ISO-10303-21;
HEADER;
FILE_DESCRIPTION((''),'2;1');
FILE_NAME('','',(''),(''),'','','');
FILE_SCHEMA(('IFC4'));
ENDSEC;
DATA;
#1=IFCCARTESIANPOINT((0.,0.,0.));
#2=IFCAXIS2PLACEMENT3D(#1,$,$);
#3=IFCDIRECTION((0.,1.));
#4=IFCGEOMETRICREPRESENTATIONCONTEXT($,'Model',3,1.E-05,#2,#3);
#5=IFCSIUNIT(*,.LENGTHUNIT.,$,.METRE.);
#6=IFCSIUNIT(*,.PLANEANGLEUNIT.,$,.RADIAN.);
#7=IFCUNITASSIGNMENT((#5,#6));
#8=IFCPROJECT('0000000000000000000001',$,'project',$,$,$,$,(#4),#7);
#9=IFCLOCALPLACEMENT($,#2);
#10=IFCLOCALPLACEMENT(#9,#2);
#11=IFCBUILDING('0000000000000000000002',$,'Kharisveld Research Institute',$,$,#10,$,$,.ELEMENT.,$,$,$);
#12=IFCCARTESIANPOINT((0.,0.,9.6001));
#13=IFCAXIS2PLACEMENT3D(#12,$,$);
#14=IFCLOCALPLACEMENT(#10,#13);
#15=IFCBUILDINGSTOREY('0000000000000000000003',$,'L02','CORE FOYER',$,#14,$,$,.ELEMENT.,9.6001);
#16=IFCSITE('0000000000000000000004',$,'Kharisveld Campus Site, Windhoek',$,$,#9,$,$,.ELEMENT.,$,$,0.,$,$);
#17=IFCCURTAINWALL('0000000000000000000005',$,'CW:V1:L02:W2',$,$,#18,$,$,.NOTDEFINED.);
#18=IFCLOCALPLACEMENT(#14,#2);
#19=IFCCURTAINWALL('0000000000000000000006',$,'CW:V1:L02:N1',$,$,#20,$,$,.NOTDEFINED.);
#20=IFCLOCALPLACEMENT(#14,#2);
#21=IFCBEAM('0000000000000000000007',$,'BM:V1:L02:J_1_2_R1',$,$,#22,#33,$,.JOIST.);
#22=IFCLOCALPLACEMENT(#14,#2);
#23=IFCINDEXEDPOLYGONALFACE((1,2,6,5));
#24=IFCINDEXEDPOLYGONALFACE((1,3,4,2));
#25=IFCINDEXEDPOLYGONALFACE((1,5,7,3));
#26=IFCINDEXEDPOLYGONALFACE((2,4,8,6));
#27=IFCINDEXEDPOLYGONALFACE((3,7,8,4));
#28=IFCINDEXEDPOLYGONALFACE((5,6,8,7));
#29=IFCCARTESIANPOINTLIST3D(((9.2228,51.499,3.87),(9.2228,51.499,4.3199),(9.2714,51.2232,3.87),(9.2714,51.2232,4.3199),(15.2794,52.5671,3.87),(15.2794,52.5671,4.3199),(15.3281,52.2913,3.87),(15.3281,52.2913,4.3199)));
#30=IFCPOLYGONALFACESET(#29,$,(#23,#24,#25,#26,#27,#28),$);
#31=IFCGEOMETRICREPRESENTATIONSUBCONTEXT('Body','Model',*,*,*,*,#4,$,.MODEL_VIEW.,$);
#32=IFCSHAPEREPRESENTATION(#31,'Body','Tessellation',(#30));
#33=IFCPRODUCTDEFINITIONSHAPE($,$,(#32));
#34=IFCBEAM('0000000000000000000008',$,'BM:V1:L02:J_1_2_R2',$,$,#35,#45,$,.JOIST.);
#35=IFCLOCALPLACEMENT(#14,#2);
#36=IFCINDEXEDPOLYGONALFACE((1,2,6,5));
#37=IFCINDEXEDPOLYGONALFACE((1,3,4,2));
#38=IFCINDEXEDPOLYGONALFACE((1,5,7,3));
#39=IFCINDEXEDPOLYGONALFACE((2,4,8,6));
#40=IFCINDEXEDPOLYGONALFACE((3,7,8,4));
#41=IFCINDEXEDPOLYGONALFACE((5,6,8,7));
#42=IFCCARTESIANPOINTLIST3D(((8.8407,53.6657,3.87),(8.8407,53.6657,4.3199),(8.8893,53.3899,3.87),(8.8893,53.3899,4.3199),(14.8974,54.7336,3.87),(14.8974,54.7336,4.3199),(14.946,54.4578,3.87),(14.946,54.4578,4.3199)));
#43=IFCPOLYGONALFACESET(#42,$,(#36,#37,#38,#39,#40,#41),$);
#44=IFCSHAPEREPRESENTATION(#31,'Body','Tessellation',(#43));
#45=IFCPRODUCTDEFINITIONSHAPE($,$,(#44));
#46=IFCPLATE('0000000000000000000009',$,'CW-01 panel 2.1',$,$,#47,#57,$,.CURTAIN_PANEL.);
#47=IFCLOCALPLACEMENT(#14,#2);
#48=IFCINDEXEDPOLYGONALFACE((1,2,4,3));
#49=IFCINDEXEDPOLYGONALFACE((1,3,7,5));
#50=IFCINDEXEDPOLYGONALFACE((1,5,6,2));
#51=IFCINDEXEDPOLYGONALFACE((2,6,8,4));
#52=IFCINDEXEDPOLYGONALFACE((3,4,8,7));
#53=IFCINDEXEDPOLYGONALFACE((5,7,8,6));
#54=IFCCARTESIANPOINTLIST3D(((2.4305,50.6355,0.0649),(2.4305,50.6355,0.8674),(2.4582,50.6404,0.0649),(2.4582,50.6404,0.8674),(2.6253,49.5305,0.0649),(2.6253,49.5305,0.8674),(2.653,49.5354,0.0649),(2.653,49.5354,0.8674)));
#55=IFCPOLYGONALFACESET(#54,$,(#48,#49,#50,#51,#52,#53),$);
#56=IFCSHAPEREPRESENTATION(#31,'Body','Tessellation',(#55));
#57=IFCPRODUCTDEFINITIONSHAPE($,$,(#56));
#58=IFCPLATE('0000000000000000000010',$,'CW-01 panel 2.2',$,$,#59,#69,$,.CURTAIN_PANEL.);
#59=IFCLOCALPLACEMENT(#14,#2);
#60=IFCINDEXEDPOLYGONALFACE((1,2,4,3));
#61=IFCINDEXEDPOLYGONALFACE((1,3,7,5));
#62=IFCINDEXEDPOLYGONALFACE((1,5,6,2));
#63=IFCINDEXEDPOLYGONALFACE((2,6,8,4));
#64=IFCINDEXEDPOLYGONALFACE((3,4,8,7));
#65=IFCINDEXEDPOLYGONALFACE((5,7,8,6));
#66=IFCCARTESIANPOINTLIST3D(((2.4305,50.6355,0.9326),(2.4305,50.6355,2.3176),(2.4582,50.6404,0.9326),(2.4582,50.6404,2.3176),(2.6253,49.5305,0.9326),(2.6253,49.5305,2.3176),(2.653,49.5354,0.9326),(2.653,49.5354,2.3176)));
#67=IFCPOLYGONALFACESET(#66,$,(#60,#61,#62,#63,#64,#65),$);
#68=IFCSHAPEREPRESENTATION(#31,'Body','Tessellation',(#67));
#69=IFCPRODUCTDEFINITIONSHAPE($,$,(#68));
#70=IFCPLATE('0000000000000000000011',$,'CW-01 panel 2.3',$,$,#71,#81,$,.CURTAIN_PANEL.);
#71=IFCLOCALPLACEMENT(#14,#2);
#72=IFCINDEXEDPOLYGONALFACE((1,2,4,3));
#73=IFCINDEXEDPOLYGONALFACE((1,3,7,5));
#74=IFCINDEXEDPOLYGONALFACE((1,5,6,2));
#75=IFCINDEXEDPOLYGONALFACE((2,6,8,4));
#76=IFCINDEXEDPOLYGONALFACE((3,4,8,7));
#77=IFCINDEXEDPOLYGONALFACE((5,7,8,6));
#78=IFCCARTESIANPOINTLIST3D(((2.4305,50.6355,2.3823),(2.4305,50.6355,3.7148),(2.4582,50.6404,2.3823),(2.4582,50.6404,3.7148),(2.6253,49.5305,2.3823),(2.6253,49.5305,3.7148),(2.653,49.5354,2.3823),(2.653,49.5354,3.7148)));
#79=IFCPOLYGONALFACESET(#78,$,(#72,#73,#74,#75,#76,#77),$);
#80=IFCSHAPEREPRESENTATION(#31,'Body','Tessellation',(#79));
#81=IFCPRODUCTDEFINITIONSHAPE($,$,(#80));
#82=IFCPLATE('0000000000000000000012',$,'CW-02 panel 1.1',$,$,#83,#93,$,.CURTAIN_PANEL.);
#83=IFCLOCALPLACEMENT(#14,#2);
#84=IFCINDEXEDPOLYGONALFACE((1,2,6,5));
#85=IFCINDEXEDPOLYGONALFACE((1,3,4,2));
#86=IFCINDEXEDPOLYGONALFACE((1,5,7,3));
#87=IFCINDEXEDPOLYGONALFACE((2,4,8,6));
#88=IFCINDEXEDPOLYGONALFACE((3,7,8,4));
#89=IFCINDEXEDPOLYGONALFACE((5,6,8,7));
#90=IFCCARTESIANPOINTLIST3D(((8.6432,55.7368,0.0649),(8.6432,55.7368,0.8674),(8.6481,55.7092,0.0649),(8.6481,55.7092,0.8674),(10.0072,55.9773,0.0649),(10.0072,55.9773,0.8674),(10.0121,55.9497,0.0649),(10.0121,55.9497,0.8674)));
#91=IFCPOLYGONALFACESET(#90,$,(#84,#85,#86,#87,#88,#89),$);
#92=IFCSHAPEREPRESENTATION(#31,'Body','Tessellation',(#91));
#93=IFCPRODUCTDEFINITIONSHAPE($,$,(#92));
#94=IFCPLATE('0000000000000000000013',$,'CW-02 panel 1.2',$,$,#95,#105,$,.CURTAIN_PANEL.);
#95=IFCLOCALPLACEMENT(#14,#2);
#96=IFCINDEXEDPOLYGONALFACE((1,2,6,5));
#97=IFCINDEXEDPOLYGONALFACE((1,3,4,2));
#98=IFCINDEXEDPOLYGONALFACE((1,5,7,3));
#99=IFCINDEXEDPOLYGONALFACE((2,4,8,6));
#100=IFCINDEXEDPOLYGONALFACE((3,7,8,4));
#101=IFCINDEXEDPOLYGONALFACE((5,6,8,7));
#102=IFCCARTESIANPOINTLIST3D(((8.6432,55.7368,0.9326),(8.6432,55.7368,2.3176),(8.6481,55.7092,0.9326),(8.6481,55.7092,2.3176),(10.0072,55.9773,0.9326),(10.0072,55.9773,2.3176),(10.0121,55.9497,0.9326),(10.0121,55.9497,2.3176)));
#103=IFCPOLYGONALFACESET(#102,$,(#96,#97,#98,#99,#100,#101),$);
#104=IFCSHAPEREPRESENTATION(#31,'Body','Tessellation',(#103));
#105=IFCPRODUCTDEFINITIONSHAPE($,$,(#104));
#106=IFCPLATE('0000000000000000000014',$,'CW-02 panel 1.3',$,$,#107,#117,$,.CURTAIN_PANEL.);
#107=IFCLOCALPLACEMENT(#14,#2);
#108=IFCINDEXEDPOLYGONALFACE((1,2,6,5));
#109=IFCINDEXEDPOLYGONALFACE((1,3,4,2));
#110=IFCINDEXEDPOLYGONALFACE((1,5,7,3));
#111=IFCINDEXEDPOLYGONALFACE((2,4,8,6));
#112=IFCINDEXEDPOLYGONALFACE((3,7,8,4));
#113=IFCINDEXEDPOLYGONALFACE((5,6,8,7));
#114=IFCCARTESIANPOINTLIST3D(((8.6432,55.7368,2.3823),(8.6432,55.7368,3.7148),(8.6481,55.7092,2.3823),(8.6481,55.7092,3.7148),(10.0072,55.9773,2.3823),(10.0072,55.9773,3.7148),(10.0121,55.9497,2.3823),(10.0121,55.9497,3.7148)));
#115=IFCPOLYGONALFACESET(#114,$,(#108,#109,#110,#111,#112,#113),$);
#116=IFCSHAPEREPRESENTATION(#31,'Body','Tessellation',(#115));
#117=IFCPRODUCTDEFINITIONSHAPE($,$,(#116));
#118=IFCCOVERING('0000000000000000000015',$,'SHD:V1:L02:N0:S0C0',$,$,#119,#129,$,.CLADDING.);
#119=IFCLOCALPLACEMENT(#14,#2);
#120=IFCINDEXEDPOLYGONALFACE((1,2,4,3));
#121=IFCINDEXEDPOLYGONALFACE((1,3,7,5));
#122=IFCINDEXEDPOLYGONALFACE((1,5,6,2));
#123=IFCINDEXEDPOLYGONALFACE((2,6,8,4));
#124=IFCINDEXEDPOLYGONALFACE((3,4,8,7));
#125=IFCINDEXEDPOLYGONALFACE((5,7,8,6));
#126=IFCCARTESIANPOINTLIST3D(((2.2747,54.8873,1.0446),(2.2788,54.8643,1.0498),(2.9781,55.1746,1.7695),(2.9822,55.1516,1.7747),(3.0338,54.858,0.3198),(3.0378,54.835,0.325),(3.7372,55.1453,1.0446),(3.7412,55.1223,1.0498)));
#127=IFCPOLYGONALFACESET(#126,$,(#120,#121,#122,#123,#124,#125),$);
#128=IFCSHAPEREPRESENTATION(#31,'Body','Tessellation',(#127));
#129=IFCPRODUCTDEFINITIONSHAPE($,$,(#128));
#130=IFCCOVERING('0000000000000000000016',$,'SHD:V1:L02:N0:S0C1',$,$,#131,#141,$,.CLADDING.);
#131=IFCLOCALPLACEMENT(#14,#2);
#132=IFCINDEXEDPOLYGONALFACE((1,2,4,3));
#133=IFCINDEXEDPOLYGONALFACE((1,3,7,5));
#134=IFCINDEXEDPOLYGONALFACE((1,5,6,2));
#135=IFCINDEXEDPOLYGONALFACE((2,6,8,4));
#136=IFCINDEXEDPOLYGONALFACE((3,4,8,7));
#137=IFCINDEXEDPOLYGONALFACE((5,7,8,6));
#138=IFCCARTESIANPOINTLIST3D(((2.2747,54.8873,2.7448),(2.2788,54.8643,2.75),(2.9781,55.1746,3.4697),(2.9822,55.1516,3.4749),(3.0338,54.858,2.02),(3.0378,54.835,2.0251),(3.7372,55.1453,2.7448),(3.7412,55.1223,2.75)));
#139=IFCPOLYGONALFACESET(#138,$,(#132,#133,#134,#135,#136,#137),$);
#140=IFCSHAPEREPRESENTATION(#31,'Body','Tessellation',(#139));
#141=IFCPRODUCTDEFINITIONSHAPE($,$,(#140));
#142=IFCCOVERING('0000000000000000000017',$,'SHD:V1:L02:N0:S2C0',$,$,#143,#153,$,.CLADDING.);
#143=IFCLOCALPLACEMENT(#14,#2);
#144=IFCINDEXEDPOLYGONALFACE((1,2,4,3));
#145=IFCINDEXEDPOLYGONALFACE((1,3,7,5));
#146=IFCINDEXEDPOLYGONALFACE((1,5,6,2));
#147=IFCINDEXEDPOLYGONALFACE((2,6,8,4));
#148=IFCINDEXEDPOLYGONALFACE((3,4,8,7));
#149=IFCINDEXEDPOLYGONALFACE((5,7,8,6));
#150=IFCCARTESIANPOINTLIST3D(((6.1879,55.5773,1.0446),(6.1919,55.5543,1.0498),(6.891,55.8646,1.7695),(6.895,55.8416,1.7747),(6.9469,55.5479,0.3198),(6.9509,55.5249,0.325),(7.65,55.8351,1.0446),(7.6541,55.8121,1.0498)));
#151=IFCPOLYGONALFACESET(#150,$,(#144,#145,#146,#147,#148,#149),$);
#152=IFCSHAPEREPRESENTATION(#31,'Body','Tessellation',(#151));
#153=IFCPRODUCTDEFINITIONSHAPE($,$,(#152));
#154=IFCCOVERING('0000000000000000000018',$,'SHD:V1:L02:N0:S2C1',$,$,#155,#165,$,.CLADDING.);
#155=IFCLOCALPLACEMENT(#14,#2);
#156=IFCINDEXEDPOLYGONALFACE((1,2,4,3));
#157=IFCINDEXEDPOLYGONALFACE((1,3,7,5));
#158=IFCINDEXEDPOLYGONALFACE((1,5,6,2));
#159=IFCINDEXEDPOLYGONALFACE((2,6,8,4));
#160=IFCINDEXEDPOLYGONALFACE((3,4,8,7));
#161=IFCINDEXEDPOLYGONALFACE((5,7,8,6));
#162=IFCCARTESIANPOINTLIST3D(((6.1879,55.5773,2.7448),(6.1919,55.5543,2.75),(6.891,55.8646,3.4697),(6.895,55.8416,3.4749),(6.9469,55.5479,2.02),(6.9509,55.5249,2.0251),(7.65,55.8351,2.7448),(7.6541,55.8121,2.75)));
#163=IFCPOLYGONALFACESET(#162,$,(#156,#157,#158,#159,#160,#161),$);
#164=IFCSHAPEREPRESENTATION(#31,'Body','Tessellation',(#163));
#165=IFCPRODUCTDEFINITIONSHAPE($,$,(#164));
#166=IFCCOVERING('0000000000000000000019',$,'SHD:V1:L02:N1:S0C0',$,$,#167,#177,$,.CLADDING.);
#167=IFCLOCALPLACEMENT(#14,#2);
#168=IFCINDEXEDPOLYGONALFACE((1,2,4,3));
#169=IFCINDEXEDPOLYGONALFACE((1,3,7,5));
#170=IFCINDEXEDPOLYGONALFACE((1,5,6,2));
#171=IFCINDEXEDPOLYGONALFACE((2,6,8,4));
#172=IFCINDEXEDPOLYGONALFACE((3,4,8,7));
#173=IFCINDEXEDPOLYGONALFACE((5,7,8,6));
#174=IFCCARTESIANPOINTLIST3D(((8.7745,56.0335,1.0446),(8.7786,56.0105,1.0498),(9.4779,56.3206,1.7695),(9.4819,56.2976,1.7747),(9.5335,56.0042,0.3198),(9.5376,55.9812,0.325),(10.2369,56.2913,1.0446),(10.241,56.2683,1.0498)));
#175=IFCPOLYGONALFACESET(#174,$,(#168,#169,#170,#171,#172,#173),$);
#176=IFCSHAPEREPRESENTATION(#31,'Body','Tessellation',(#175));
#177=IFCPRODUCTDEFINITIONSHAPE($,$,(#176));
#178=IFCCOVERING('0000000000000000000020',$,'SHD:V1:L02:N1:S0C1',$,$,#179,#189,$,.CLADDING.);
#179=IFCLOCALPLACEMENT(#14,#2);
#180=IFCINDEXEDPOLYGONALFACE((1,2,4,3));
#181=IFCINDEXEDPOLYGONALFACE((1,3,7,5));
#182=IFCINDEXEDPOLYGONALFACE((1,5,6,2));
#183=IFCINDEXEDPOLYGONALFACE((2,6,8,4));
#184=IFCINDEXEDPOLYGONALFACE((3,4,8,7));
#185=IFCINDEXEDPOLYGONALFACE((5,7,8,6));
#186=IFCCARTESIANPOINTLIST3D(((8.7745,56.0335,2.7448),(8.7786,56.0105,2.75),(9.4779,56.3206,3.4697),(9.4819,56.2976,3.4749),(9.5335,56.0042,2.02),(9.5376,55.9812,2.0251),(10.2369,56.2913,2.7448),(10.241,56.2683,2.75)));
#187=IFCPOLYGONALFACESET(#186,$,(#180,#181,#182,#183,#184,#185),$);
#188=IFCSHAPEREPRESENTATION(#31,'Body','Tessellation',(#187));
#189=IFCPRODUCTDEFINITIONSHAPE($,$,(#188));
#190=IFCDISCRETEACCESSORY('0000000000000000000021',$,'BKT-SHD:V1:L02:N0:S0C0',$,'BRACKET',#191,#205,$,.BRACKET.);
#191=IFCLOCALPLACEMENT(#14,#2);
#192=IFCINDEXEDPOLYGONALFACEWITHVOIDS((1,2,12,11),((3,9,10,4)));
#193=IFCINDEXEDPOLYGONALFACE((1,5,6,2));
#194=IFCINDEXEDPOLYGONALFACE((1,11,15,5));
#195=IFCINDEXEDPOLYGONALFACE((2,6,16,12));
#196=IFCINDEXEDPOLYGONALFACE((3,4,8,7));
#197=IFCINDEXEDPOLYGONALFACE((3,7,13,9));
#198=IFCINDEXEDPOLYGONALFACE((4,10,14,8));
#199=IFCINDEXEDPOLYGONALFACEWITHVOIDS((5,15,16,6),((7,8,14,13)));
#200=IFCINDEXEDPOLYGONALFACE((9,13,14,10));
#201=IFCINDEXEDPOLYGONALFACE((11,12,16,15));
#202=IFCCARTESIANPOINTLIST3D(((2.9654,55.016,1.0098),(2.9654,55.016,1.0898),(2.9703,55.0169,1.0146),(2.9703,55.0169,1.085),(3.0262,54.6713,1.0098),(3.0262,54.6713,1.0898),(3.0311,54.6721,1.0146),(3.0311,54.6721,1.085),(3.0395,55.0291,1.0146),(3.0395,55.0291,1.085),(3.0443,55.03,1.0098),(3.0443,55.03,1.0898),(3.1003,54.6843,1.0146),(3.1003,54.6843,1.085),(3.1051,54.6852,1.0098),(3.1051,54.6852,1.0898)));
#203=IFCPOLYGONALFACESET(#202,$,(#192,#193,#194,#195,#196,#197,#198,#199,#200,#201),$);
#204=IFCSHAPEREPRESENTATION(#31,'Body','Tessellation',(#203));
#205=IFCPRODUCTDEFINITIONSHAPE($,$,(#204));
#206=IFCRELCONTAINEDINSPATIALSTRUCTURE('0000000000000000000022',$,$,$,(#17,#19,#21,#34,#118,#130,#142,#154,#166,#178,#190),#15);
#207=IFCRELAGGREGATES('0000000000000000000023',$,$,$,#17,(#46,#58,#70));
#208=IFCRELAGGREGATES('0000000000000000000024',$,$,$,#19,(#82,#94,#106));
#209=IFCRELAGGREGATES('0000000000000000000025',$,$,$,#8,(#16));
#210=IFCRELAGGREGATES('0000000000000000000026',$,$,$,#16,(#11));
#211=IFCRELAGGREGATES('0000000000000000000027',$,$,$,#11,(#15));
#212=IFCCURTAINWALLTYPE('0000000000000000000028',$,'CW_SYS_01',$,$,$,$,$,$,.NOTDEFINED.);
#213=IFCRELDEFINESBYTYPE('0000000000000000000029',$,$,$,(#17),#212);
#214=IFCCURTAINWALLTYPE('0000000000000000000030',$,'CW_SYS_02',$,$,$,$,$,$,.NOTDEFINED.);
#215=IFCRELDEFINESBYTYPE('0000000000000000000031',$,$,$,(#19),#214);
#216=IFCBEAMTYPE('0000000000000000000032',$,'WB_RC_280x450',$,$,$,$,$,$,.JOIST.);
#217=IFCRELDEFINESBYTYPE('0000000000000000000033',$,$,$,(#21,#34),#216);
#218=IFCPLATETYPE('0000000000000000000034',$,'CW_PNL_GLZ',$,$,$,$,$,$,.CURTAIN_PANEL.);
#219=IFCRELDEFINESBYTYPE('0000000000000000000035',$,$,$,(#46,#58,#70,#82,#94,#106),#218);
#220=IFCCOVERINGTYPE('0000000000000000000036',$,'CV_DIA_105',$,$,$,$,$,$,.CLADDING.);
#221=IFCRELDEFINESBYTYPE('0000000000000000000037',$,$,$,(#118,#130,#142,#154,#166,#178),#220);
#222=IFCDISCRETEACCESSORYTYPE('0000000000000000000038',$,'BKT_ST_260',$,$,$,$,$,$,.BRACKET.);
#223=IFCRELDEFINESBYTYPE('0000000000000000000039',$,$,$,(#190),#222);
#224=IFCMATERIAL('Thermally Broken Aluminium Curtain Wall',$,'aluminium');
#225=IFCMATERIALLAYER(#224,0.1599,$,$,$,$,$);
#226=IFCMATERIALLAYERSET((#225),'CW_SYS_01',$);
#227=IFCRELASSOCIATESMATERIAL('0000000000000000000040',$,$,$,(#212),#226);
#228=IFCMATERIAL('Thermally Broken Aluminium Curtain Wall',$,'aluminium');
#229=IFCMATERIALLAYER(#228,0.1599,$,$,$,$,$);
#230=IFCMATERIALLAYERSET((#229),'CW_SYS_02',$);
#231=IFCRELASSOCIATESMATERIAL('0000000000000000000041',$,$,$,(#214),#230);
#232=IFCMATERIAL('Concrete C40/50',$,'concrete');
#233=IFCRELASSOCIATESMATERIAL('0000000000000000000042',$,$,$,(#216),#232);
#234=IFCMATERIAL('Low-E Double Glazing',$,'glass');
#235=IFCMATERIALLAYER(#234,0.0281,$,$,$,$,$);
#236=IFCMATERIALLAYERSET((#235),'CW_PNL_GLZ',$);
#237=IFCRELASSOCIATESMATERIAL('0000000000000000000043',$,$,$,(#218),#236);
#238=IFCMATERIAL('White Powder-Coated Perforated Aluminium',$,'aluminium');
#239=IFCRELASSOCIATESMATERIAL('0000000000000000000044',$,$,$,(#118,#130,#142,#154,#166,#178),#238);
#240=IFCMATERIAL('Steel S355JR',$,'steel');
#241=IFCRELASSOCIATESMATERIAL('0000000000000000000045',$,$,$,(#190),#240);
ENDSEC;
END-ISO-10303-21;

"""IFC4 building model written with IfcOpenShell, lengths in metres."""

from ifc_helpers import new_model, si_unit, direction, frame, origin, origin_2d, place, context, subcontext, project, spatial, polyline, rectangle, hollow_rectangle, outline, extrude, material, layer, layer_set, material_profile, profile_set, type_object, element, aggregate, save


model = new_model("IFC4")

# Units and contexts
model_context = context("Model", 3, precision=1e-05, world=origin(), true_north=direction((0.0, 1.0)))
body_context = subcontext(model_context, "Body", "Model", "MODEL_VIEW")
ifc_project = project(units=[si_unit("LENGTHUNIT", "METRE"), si_unit("PLANEANGLEUNIT", "RADIAN")], contexts=[model_context])

# Site, building, storey
site_placement = place(None, origin())
site = spatial("IfcSite", under=ifc_project, at=site_placement, Name="Kharisveld Campus Site, Windhoek", CompositionType="ELEMENT", RefElevation=0.0)
building_placement = place(site_placement, origin())
building = spatial("IfcBuilding", under=site, at=building_placement, Name="Kharisveld Research Institute", CompositionType="ELEMENT")
storey_placement = place(building_placement, frame((0.0, 0.0, 9.6001)))
storey = spatial("IfcBuildingStorey", under=building, at=storey_placement, Name="L02", Description="CORE FOYER", CompositionType="ELEMENT", Elevation=9.6001)

# Curtain wall
ifc_material_1 = material(Name="Thermally Broken Aluminium Curtain Wall", Category="aluminium")
ifc_layer_1 = layer(ifc_material_1, 0.1599)
ifc_layer_set_1 = layer_set([ifc_layer_1], Name="CW_SYS_01")
curtain_wall_type_1 = type_object("IfcCurtainWallType", Name="CW_SYS_01", PredefinedType="NOTDEFINED", material=ifc_layer_set_1)
curtain_wall_1_placement = place(storey_placement, origin())
curtain_wall_1 = element("IfcCurtainWall", 1, at=curtain_wall_1_placement, inside=storey, type_object=curtain_wall_type_1, Name="CW:V1:L02:W2", PredefinedType="NOTDEFINED")

# Curtain wall
ifc_material_2 = material(Name="Thermally Broken Aluminium Curtain Wall", Category="aluminium")
ifc_layer_2 = layer(ifc_material_2, 0.1599)
ifc_layer_set_2 = layer_set([ifc_layer_2], Name="CW_SYS_02")
curtain_wall_type_2 = type_object("IfcCurtainWallType", Name="CW_SYS_02", PredefinedType="NOTDEFINED", material=ifc_layer_set_2)
curtain_wall_2_placement = place(storey_placement, origin())
curtain_wall_2 = element("IfcCurtainWall", 2, at=curtain_wall_2_placement, inside=storey, type_object=curtain_wall_type_2, Name="CW:V1:L02:N1", PredefinedType="NOTDEFINED")

# Beams
ifc_material_3 = material(Name="Concrete C40/50", Category="concrete")
ifc_material_profile_1 = material_profile(ifc_material_3, rectangle(XDim=0.28, YDim=0.45, at=origin_2d()))
ifc_profile_set_1 = profile_set([ifc_material_profile_1], Name="Concrete C40/50")
beam_type_1 = type_object("IfcBeamType", Name="WB_RC_280x450", PredefinedType="JOIST", material=ifc_profile_set_1)
for number, where, z_axis, x_axis, name in (
    (3, (9.2471, 51.3611, 4.095), (0.984803, 0.173674, 0.0), (-0.173674, 0.984803, 0.0), "BM:V1:L02:J_1_2_R1"),
    (4, (8.865, 53.5278, 4.095), (0.98481, 0.173636, 0.0), (-0.173636, 0.98481, 0.0), "BM:V1:L02:J_1_2_R2"),
):
    element("IfcBeam", number, at=place(storey_placement, frame(where, z_axis=z_axis, x_axis=x_axis)), inside=storey, type_object=beam_type_1, Name=name, PredefinedType="JOIST", context=body_context, shape_type="SweptSolid", body=[
        extrude(rectangle(XDim=0.28, YDim=0.45, at=origin_2d()), origin(), (0.0, 0.0, 1.0), 6.1501),
    ])

# Plates
ifc_material_4 = material(Name="Low-E Double Glazing", Category="glass")
ifc_layer_3 = layer(ifc_material_4, 0.0281)
ifc_layer_set_3 = layer_set([ifc_layer_3], Name="CW_PNL_GLZ")
plate_type = type_object("IfcPlateType", Name="CW_PNL_GLZ", PredefinedType="CURTAIN_PANEL", material=ifc_layer_set_3)
plate_1_placement = place(storey_placement, frame((2.5417, 50.0854, 0.0649), z_axis=(0.0, 0.0, 1.0), x_axis=(-0.173648, 0.984808, 0.0)))
plate_1 = element("IfcPlate", 5, at=plate_1_placement, type_object=plate_type, Name="CW-01 panel 2.1", PredefinedType="CURTAIN_PANEL", context=body_context, shape_type="SweptSolid", body=[
    extrude(rectangle(XDim=1.1221, YDim=0.0281, at=origin_2d()), origin(), (0.0, 0.0, 1.0), 0.8025),
])
plate_2_placement = place(storey_placement, frame((2.5417, 50.0854, 0.9326), z_axis=(0.0, 0.0, 1.0), x_axis=(-0.173648, 0.984808, 0.0)))
plate_2 = element("IfcPlate", 6, at=plate_2_placement, type_object=plate_type, Name="CW-01 panel 2.2", PredefinedType="CURTAIN_PANEL", context=body_context, shape_type="SweptSolid", body=[
    extrude(rectangle(XDim=1.1221, YDim=0.0281, at=origin_2d()), origin(), (0.0, 0.0, 1.0), 1.385),
])
plate_3_placement = place(storey_placement, frame((2.5417, 50.0854, 2.3823), z_axis=(0.0, 0.0, 1.0), x_axis=(-0.173648, 0.984808, 0.0)))
plate_3 = element("IfcPlate", 7, at=plate_3_placement, type_object=plate_type, Name="CW-01 panel 2.3", PredefinedType="CURTAIN_PANEL", context=body_context, shape_type="SweptSolid", body=[
    extrude(rectangle(XDim=1.1221, YDim=0.0281, at=origin_2d()), origin(), (0.0, 0.0, 1.0), 1.3325),
])
aggregate(curtain_wall_1, [plate_1, plate_2, plate_3])
plate_4_placement = place(storey_placement, frame((9.3276, 55.8433, 0.0649), z_axis=(0.0, 0.0, 1.0), x_axis=(0.984808, 0.173648, 0.0)))
plate_4 = element("IfcPlate", 8, at=plate_4_placement, type_object=plate_type, Name="CW-02 panel 1.1", PredefinedType="CURTAIN_PANEL", context=body_context, shape_type="SweptSolid", body=[
    extrude(rectangle(XDim=1.385, YDim=0.0281, at=origin_2d()), origin(), (0.0, 0.0, 1.0), 0.8025),
])
plate_5_placement = place(storey_placement, frame((9.3276, 55.8433, 0.9326), z_axis=(0.0, 0.0, 1.0), x_axis=(0.984808, 0.173648, 0.0)))
plate_5 = element("IfcPlate", 9, at=plate_5_placement, type_object=plate_type, Name="CW-02 panel 1.2", PredefinedType="CURTAIN_PANEL", context=body_context, shape_type="SweptSolid", body=[
    extrude(rectangle(XDim=1.385, YDim=0.0281, at=origin_2d()), origin(), (0.0, 0.0, 1.0), 1.385),
])
plate_6_placement = place(storey_placement, frame((9.3276, 55.8433, 2.3823), z_axis=(0.0, 0.0, 1.0), x_axis=(0.984808, 0.173648, 0.0)))
plate_6 = element("IfcPlate", 10, at=plate_6_placement, type_object=plate_type, Name="CW-02 panel 1.3", PredefinedType="CURTAIN_PANEL", context=body_context, shape_type="SweptSolid", body=[
    extrude(rectangle(XDim=1.385, YDim=0.0281, at=origin_2d()), origin(), (0.0, 0.0, 1.0), 1.3325),
])
aggregate(curtain_wall_2, [plate_4, plate_5, plate_6])

# Coverings
ifc_material_5 = material(Name="White Powder-Coated Perforated Aluminium", Category="aluminium")
covering_type = type_object("IfcCoveringType", Name="CV_DIA_105", PredefinedType="CLADDING")
for number, where, z_axis, x_axis, name in (
    (11, (3.0378, 54.835, 0.325), (0.169654, -0.961426, 0.216512), (0.669811, 0.273644, 0.69027), "SHD:V1:L02:N0:S0C0"),
    (12, (3.0378, 54.835, 2.0251), (0.169654, -0.961426, 0.216512), (0.669811, 0.273644, 0.69027), "SHD:V1:L02:N0:S0C1"),
):
    element("IfcCovering", number, at=place(storey_placement, frame(where, z_axis=z_axis, x_axis=x_axis)), inside=storey, type_object=covering_type, material=ifc_material_5, Name=name, PredefinedType="CLADDING", context=body_context, shape_type="SweptSolid", body=[
        extrude(outline(polyline([(0.0, 0.0), (1.0501, 0.0), (1.0501, 1.05), (0.0, 1.05), (0.0, 0.0)])), origin(), (0.0, 0.0, -1.0), 0.0239),
    ])
for number, where, z_axis, x_axis, name in (
    (13, (6.9509, 55.5249, 0.325), (0.169525, -0.961443, 0.21654), (0.669701, 0.273579, 0.690402), "SHD:V1:L02:N0:S2C0"),
    (14, (6.9509, 55.5249, 2.0251), (0.169525, -0.961443, 0.21654), (0.669701, 0.273579, 0.690402), "SHD:V1:L02:N0:S2C1"),
):
    element("IfcCovering", number, at=place(storey_placement, frame(where, z_axis=z_axis, x_axis=x_axis)), inside=storey, type_object=covering_type, material=ifc_material_5, Name=name, PredefinedType="CLADDING", context=body_context, shape_type="SweptSolid", body=[
        extrude(outline(polyline([(0.0, 0.0), (1.0499, 0.0), (1.0501, 1.05), (0.0002, 1.05), (0.0, 0.0)])), origin(), (0.0, 0.0, -1.0), 0.0239),
    ])
for number, where, z_axis, x_axis, name in (
    (15, (9.5376, 55.9812, 0.325), (0.169504, -0.961487, 0.216358), (0.669853, 0.273429, 0.690314), "SHD:V1:L02:N1:S0C0"),
    (16, (9.5376, 55.9812, 2.0251), (0.169504, -0.961487, 0.216358), (0.669853, 0.273429, 0.690314), "SHD:V1:L02:N1:S0C1"),
):
    element("IfcCovering", number, at=place(storey_placement, frame(where, z_axis=z_axis, x_axis=x_axis)), inside=storey, type_object=covering_type, material=ifc_material_5, Name=name, PredefinedType="CLADDING", context=body_context, shape_type="SweptSolid", body=[
        extrude(outline(polyline([(0.0, 0.0), (1.05, 0.0), (1.05, 1.05), (-0.0001, 1.05), (0.0, 0.0)])), origin(), (0.0, 0.0, -1.0), 0.0239),
    ])

# Discrete accessory
ifc_material_6 = material(Name="Steel S355JR", Category="steel")
discrete_accessory_type = type_object("IfcDiscreteAccessoryType", Name="BKT_ST_260", PredefinedType="BRACKET")
for number, where, z_axis, x_axis, name in (
    (17, (3.0657, 54.6782, 1.0498), (-0.173666, 0.984805, 0.0), (-0.984805, -0.173666, 0.0), "BKT-SHD:V1:L02:N0:S0C0"),
):
    element("IfcDiscreteAccessory", number, at=place(storey_placement, frame(where, z_axis=z_axis, x_axis=x_axis)), inside=storey, type_object=discrete_accessory_type, material=ifc_material_6, Name=name, ObjectType="BRACKET", PredefinedType="BRACKET", context=body_context, shape_type="SweptSolid", body=[
        extrude(hollow_rectangle(XDim=0.0801, YDim=0.0801, WallThickness=0.0049, at=origin_2d()), origin(), (0.0, 0.0, 1.0), 0.3501),
    ])

save(model, "model.ifc")
